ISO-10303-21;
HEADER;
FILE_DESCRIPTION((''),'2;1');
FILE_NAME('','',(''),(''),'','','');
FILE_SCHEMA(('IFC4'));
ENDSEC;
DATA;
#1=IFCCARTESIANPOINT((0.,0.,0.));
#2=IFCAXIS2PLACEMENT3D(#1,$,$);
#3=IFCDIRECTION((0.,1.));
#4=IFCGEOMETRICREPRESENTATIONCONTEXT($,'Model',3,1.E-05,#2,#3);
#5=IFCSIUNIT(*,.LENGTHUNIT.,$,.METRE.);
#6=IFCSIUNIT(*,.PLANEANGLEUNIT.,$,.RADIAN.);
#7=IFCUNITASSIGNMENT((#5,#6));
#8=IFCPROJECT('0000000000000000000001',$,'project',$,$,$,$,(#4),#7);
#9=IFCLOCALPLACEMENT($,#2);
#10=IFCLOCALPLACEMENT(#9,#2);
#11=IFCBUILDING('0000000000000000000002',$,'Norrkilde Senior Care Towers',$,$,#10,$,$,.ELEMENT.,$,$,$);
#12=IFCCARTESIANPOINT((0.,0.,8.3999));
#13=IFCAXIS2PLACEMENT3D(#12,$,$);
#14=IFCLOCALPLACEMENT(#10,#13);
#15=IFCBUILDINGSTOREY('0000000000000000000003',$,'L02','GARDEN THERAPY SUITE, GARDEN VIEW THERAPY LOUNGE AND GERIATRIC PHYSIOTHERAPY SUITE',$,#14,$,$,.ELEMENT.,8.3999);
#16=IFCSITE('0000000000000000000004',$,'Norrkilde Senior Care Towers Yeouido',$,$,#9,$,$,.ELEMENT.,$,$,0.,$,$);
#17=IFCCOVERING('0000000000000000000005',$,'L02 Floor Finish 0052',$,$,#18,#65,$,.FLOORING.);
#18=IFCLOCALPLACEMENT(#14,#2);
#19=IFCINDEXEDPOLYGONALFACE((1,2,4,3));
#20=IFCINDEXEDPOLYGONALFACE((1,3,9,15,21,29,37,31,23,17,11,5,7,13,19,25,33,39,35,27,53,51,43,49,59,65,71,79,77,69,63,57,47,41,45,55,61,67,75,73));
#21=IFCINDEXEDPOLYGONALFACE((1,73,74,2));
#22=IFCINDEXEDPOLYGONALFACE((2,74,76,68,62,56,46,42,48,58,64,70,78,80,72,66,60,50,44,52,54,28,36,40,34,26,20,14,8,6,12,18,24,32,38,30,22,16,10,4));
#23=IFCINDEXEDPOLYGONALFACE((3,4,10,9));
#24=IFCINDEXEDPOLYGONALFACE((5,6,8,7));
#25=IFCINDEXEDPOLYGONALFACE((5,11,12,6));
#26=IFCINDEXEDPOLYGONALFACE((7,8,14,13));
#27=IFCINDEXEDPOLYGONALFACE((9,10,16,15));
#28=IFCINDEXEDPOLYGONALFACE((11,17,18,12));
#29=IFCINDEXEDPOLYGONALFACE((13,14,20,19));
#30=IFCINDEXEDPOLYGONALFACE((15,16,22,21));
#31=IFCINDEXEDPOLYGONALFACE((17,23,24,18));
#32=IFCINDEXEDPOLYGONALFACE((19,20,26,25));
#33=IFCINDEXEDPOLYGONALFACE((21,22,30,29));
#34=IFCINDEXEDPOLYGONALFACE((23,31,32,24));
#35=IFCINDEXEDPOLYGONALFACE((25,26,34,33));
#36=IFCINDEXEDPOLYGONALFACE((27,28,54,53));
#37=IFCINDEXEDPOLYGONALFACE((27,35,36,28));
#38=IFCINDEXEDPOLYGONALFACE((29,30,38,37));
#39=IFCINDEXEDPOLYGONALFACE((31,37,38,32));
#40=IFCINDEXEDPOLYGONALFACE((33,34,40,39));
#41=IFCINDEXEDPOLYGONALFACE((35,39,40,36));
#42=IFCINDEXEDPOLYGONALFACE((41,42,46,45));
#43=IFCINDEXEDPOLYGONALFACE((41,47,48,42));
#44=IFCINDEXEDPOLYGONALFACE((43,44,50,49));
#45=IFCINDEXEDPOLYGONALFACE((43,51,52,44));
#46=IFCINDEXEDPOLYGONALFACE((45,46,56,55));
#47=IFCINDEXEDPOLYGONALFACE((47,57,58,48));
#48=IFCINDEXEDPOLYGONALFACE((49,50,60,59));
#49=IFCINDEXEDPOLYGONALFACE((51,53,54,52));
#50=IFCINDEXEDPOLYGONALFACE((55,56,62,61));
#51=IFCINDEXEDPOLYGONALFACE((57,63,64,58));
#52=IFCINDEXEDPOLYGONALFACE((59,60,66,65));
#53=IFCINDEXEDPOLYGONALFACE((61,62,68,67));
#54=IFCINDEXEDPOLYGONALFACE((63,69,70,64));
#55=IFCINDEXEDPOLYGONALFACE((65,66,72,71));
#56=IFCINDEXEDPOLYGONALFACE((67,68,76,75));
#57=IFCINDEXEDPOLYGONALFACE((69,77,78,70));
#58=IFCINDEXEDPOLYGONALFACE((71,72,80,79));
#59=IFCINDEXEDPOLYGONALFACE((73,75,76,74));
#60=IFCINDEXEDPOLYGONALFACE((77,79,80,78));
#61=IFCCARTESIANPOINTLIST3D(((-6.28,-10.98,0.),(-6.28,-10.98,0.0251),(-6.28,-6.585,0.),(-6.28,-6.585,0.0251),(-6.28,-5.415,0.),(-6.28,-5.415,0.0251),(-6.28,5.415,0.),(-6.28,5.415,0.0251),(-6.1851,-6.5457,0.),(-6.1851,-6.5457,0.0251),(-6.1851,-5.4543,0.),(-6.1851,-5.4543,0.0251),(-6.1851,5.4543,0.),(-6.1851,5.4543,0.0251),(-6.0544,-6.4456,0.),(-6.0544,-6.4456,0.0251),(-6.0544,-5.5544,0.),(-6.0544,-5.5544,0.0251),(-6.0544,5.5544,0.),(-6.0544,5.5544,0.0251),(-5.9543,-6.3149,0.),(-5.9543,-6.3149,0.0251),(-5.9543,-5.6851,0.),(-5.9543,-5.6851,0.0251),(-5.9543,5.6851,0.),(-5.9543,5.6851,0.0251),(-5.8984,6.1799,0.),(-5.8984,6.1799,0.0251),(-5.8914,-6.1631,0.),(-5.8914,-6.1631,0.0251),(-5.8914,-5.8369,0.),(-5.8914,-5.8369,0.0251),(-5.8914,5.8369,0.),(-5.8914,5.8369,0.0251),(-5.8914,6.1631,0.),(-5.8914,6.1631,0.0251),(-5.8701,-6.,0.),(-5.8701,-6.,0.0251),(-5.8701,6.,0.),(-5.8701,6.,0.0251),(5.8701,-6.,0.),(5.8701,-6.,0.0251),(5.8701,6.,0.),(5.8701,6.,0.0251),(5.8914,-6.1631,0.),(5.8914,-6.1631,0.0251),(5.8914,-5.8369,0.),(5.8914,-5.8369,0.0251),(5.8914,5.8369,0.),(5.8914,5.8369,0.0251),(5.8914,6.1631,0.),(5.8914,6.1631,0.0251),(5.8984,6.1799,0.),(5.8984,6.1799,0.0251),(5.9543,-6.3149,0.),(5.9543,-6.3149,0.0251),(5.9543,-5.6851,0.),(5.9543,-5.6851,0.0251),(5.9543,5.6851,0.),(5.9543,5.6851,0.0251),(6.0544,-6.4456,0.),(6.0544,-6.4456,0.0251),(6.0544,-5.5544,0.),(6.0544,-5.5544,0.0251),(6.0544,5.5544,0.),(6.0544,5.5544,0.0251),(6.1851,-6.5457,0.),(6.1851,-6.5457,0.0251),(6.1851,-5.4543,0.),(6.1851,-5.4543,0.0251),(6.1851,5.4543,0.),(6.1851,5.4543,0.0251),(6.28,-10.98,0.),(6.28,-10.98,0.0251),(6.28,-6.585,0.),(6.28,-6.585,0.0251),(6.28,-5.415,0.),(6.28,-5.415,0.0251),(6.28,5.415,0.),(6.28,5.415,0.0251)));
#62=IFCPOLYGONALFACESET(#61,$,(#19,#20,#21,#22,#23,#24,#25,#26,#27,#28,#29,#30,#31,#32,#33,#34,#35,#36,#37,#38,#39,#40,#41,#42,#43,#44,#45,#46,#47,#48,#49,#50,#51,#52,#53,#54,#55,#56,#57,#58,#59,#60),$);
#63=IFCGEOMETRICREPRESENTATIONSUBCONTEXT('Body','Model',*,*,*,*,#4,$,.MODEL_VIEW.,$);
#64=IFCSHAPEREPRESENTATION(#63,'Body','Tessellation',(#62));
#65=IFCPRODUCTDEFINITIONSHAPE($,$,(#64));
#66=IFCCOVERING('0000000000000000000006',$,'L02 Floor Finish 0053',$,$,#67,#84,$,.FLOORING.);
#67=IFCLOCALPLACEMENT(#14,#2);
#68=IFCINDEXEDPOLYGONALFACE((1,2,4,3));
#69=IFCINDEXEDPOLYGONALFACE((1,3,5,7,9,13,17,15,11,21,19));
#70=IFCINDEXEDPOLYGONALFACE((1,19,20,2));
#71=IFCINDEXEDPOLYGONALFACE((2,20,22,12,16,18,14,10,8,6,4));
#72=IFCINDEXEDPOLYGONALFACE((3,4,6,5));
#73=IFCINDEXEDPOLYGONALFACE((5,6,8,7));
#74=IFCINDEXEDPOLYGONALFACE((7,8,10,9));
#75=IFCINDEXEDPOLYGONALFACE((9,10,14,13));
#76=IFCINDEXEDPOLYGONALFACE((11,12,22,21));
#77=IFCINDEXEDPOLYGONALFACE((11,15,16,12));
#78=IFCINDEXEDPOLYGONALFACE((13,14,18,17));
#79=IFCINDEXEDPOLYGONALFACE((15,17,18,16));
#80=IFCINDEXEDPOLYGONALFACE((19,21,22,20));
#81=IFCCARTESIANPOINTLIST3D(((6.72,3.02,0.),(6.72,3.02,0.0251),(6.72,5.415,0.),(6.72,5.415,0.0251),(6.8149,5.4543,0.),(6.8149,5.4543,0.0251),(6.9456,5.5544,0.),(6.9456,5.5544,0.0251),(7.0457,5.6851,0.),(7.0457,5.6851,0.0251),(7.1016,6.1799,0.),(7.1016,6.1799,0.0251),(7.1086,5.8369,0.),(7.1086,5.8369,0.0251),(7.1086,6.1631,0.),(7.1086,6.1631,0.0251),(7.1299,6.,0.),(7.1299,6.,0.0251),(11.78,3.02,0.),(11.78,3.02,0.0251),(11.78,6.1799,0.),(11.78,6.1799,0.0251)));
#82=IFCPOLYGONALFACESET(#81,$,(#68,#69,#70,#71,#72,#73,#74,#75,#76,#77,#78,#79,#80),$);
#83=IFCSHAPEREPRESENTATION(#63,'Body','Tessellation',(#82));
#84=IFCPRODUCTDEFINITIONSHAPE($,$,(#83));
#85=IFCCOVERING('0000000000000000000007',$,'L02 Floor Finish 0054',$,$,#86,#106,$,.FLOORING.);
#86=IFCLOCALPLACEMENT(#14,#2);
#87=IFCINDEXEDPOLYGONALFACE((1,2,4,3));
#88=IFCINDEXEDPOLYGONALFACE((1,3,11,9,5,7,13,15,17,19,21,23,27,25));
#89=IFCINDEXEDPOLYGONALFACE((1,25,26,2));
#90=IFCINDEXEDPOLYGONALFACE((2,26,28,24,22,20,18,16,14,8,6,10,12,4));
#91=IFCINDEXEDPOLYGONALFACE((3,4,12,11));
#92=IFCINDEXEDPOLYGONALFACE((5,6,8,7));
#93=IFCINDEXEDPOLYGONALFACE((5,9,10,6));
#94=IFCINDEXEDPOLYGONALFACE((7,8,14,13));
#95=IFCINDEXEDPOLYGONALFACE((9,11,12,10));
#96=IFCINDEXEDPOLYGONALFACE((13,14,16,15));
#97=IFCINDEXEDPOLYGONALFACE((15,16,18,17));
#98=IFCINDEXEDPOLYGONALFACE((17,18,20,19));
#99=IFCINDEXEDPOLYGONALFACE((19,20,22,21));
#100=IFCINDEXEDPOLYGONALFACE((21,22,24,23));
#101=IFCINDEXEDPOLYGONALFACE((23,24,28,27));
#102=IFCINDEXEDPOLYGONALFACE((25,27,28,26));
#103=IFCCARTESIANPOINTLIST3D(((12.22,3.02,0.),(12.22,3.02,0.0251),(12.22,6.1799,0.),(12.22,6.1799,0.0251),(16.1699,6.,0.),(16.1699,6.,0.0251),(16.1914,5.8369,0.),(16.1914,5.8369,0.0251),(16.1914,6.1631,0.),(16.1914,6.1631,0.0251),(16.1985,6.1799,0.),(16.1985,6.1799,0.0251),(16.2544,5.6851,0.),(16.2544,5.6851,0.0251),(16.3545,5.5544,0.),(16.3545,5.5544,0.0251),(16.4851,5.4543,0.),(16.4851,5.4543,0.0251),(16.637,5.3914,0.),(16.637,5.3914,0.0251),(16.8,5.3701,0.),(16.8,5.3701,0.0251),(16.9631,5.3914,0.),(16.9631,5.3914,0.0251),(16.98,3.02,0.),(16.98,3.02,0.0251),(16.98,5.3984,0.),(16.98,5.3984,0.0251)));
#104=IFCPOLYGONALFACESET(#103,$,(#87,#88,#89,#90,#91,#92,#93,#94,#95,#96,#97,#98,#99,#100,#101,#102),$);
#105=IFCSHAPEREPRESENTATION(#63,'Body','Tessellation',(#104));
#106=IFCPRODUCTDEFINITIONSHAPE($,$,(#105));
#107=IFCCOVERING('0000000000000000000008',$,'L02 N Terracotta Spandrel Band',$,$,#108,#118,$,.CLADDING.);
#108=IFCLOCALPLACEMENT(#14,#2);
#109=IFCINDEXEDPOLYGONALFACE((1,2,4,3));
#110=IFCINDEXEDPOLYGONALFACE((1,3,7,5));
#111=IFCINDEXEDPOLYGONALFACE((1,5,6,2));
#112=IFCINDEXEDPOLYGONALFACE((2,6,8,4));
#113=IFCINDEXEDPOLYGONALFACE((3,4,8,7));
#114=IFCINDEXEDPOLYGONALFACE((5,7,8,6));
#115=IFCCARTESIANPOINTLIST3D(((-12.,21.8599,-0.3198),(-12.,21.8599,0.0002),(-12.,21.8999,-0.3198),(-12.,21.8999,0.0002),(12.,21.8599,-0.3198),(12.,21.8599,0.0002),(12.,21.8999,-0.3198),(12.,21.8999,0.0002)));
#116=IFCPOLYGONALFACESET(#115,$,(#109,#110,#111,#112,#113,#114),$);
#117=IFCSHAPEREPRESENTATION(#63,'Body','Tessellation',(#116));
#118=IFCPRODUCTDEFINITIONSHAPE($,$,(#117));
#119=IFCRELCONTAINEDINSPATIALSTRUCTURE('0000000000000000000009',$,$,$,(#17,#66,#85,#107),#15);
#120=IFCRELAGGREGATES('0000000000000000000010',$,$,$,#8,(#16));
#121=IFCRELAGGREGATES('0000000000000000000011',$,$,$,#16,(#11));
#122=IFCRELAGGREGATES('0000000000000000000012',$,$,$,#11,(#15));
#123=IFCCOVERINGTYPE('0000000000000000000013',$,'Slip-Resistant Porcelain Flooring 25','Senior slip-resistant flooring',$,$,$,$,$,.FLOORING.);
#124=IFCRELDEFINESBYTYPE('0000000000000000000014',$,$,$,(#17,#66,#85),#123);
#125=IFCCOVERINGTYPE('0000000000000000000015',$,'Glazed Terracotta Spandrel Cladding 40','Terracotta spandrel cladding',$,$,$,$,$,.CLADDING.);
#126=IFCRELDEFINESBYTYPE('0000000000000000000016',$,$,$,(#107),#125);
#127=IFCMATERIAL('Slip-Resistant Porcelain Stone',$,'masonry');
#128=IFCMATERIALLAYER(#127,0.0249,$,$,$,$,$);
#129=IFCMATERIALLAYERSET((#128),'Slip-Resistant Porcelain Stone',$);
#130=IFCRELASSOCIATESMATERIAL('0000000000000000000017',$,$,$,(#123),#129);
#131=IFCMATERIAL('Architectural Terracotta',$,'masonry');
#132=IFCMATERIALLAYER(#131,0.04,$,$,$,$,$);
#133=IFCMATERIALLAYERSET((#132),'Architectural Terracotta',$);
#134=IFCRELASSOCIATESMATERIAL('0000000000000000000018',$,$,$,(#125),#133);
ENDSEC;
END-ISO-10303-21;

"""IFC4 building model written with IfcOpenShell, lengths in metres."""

from ifc_helpers import new_model, si_unit, direction, frame, origin, origin_2d, place, context, subcontext, project, spatial, polyline, rectangle, outline, extrude, source, transform, mapped, material, layer, layer_set, type_object, type_shapes, element, save


model = new_model("IFC4")

# Units and contexts
model_context = context("Model", 3, precision=1e-05, world=origin(), true_north=direction((0.0, 1.0)))
body_context = subcontext(model_context, "Body", "Model", "MODEL_VIEW")
ifc_project = project(units=[si_unit("LENGTHUNIT", "METRE"), si_unit("PLANEANGLEUNIT", "RADIAN")], contexts=[model_context])

# Site, building, storey
site_placement = place(None, origin())
site = spatial("IfcSite", under=ifc_project, at=site_placement, Name="Norrkilde Senior Care Towers Yeouido", CompositionType="ELEMENT", RefElevation=0.0)
building_placement = place(site_placement, origin())
building = spatial("IfcBuilding", under=site, at=building_placement, Name="Norrkilde Senior Care Towers", CompositionType="ELEMENT")
storey_placement = place(building_placement, frame((0.0, 0.0, 8.3999)))
storey = spatial("IfcBuildingStorey", under=building, at=storey_placement, Name="L02", Description="GARDEN THERAPY SUITE, GARDEN VIEW THERAPY LOUNGE AND GERIATRIC PHYSIOTHERAPY SUITE", CompositionType="ELEMENT", Elevation=8.3999)

# Coverings
ifc_material_1 = material(Name="Slip-Resistant Porcelain Stone", Category="masonry")
ifc_layer_1 = layer(ifc_material_1, 0.0249)
ifc_layer_set_1 = layer_set([ifc_layer_1], Name="Slip-Resistant Porcelain Stone")
covering_type_1 = type_object("IfcCoveringType", Name="Slip-Resistant Porcelain Flooring 25", Description="Senior slip-resistant flooring", PredefinedType="FLOORING", material=ifc_layer_set_1)
covering_1_placement = place(storey_placement, origin())
element("IfcCovering", 1, at=covering_1_placement, inside=storey, type_object=covering_type_1, Name="L02 Floor Finish 0052", PredefinedType="FLOORING", context=body_context, shape_type="SweptSolid", body=[
    extrude(outline(polyline([(-6.1851, -6.5457), (-6.0544, -6.4456), (-5.9543, -6.3149), (-5.8914, -6.1631), (-5.8701, -6.0), (-5.8914, -5.8369), (-5.9543, -5.6851), (-6.0544, -5.5544), (-6.1851, -5.4543), (-6.28, -5.415), (-6.28, 5.415), (-6.1851, 5.4543), (-6.0544, 5.5544), (-5.9543, 5.6851), (-5.8914, 5.8369), (-5.8701, 6.0), (-5.8914, 6.1631), (-5.8984, 6.1799), (5.8984, 6.1799), (5.8914, 6.1631), (5.8701, 6.0), (5.8914, 5.8369), (5.9543, 5.6851), (6.0544, 5.5544), (6.1851, 5.4543), (6.28, 5.415), (6.28, -5.415), (6.1851, -5.4543), (6.0544, -5.5544), (5.9543, -5.6851), (5.8914, -5.8369), (5.8701, -6.0), (5.8914, -6.1631), (5.9543, -6.3149), (6.0544, -6.4456), (6.1851, -6.5457), (6.28, -6.585), (6.28, -10.98), (-6.28, -10.98), (-6.28, -6.585), (-6.1851, -6.5457)])), origin(), (0.0, 0.0, 1.0), 0.0251),
])
covering_2_placement = place(storey_placement, origin())
element("IfcCovering", 2, at=covering_2_placement, inside=storey, type_object=covering_type_1, Name="L02 Floor Finish 0053", PredefinedType="FLOORING", context=body_context, shape_type="SweptSolid", body=[
    extrude(outline(polyline([(11.78, 3.02), (6.72, 3.02), (6.72, 5.415), (6.8149, 5.4543), (6.9456, 5.5544), (7.0457, 5.6851), (7.1086, 5.8369), (7.1299, 6.0), (7.1086, 6.1631), (7.1016, 6.1799), (11.78, 6.1799), (11.78, 3.02)])), origin(), (0.0, 0.0, 1.0), 0.0251),
])
covering_3_placement = place(storey_placement, origin())
element("IfcCovering", 3, at=covering_3_placement, inside=storey, type_object=covering_type_1, Name="L02 Floor Finish 0054", PredefinedType="FLOORING", context=body_context, shape_type="SweptSolid", body=[
    extrude(outline(polyline([(16.98, 3.02), (12.22, 3.02), (12.22, 6.1799), (16.1985, 6.1799), (16.1914, 6.1631), (16.1699, 6.0), (16.1914, 5.8369), (16.2544, 5.6851), (16.3545, 5.5544), (16.4851, 5.4543), (16.637, 5.3914), (16.8, 5.3701), (16.9631, 5.3914), (16.98, 5.3984), (16.98, 3.02)])), origin(), (0.0, 0.0, 1.0), 0.0251),
])
ifc_material_2 = material(Name="Architectural Terracotta", Category="masonry")
ifc_layer_2 = layer(ifc_material_2, 0.04)
ifc_layer_set_2 = layer_set([ifc_layer_2], Name="Architectural Terracotta")
covering_type_2 = type_object("IfcCoveringType", Name="Glazed Terracotta Spandrel Cladding 40", Description="Terracotta spandrel cladding", PredefinedType="CLADDING", material=ifc_layer_set_2)
shared_shape_1 = source(origin(), body_context, "Body", "SweptSolid", [
    extrude(rectangle(XDim=24.0, YDim=0.04, at=origin_2d()), origin(), (0.0, 0.0, 1.0), 0.3201),
])
type_shapes(covering_type_2, [shared_shape_1])
covering_4_placement = place(storey_placement, frame((0.0, 21.8799, -0.3198), z_axis=(0.0, 0.0, 1.0), x_axis=(1.0, 0.0, 0.0)))
element("IfcCovering", 4, at=covering_4_placement, inside=storey, type_object=covering_type_2, Name="L02 N Terracotta Spandrel Band", PredefinedType="CLADDING", context=body_context, shape_type="MappedRepresentation", body=[
    mapped(shared_shape_1, transform((0.0, 0.0, 0.0), x_axis=(1.0, 0.0, 0.0), y_axis=(0.0, 1.0, 0.0), z_axis=(0.0, 0.0, 1.0), scale=1.0)),
])

save(model, "model.ifc")
